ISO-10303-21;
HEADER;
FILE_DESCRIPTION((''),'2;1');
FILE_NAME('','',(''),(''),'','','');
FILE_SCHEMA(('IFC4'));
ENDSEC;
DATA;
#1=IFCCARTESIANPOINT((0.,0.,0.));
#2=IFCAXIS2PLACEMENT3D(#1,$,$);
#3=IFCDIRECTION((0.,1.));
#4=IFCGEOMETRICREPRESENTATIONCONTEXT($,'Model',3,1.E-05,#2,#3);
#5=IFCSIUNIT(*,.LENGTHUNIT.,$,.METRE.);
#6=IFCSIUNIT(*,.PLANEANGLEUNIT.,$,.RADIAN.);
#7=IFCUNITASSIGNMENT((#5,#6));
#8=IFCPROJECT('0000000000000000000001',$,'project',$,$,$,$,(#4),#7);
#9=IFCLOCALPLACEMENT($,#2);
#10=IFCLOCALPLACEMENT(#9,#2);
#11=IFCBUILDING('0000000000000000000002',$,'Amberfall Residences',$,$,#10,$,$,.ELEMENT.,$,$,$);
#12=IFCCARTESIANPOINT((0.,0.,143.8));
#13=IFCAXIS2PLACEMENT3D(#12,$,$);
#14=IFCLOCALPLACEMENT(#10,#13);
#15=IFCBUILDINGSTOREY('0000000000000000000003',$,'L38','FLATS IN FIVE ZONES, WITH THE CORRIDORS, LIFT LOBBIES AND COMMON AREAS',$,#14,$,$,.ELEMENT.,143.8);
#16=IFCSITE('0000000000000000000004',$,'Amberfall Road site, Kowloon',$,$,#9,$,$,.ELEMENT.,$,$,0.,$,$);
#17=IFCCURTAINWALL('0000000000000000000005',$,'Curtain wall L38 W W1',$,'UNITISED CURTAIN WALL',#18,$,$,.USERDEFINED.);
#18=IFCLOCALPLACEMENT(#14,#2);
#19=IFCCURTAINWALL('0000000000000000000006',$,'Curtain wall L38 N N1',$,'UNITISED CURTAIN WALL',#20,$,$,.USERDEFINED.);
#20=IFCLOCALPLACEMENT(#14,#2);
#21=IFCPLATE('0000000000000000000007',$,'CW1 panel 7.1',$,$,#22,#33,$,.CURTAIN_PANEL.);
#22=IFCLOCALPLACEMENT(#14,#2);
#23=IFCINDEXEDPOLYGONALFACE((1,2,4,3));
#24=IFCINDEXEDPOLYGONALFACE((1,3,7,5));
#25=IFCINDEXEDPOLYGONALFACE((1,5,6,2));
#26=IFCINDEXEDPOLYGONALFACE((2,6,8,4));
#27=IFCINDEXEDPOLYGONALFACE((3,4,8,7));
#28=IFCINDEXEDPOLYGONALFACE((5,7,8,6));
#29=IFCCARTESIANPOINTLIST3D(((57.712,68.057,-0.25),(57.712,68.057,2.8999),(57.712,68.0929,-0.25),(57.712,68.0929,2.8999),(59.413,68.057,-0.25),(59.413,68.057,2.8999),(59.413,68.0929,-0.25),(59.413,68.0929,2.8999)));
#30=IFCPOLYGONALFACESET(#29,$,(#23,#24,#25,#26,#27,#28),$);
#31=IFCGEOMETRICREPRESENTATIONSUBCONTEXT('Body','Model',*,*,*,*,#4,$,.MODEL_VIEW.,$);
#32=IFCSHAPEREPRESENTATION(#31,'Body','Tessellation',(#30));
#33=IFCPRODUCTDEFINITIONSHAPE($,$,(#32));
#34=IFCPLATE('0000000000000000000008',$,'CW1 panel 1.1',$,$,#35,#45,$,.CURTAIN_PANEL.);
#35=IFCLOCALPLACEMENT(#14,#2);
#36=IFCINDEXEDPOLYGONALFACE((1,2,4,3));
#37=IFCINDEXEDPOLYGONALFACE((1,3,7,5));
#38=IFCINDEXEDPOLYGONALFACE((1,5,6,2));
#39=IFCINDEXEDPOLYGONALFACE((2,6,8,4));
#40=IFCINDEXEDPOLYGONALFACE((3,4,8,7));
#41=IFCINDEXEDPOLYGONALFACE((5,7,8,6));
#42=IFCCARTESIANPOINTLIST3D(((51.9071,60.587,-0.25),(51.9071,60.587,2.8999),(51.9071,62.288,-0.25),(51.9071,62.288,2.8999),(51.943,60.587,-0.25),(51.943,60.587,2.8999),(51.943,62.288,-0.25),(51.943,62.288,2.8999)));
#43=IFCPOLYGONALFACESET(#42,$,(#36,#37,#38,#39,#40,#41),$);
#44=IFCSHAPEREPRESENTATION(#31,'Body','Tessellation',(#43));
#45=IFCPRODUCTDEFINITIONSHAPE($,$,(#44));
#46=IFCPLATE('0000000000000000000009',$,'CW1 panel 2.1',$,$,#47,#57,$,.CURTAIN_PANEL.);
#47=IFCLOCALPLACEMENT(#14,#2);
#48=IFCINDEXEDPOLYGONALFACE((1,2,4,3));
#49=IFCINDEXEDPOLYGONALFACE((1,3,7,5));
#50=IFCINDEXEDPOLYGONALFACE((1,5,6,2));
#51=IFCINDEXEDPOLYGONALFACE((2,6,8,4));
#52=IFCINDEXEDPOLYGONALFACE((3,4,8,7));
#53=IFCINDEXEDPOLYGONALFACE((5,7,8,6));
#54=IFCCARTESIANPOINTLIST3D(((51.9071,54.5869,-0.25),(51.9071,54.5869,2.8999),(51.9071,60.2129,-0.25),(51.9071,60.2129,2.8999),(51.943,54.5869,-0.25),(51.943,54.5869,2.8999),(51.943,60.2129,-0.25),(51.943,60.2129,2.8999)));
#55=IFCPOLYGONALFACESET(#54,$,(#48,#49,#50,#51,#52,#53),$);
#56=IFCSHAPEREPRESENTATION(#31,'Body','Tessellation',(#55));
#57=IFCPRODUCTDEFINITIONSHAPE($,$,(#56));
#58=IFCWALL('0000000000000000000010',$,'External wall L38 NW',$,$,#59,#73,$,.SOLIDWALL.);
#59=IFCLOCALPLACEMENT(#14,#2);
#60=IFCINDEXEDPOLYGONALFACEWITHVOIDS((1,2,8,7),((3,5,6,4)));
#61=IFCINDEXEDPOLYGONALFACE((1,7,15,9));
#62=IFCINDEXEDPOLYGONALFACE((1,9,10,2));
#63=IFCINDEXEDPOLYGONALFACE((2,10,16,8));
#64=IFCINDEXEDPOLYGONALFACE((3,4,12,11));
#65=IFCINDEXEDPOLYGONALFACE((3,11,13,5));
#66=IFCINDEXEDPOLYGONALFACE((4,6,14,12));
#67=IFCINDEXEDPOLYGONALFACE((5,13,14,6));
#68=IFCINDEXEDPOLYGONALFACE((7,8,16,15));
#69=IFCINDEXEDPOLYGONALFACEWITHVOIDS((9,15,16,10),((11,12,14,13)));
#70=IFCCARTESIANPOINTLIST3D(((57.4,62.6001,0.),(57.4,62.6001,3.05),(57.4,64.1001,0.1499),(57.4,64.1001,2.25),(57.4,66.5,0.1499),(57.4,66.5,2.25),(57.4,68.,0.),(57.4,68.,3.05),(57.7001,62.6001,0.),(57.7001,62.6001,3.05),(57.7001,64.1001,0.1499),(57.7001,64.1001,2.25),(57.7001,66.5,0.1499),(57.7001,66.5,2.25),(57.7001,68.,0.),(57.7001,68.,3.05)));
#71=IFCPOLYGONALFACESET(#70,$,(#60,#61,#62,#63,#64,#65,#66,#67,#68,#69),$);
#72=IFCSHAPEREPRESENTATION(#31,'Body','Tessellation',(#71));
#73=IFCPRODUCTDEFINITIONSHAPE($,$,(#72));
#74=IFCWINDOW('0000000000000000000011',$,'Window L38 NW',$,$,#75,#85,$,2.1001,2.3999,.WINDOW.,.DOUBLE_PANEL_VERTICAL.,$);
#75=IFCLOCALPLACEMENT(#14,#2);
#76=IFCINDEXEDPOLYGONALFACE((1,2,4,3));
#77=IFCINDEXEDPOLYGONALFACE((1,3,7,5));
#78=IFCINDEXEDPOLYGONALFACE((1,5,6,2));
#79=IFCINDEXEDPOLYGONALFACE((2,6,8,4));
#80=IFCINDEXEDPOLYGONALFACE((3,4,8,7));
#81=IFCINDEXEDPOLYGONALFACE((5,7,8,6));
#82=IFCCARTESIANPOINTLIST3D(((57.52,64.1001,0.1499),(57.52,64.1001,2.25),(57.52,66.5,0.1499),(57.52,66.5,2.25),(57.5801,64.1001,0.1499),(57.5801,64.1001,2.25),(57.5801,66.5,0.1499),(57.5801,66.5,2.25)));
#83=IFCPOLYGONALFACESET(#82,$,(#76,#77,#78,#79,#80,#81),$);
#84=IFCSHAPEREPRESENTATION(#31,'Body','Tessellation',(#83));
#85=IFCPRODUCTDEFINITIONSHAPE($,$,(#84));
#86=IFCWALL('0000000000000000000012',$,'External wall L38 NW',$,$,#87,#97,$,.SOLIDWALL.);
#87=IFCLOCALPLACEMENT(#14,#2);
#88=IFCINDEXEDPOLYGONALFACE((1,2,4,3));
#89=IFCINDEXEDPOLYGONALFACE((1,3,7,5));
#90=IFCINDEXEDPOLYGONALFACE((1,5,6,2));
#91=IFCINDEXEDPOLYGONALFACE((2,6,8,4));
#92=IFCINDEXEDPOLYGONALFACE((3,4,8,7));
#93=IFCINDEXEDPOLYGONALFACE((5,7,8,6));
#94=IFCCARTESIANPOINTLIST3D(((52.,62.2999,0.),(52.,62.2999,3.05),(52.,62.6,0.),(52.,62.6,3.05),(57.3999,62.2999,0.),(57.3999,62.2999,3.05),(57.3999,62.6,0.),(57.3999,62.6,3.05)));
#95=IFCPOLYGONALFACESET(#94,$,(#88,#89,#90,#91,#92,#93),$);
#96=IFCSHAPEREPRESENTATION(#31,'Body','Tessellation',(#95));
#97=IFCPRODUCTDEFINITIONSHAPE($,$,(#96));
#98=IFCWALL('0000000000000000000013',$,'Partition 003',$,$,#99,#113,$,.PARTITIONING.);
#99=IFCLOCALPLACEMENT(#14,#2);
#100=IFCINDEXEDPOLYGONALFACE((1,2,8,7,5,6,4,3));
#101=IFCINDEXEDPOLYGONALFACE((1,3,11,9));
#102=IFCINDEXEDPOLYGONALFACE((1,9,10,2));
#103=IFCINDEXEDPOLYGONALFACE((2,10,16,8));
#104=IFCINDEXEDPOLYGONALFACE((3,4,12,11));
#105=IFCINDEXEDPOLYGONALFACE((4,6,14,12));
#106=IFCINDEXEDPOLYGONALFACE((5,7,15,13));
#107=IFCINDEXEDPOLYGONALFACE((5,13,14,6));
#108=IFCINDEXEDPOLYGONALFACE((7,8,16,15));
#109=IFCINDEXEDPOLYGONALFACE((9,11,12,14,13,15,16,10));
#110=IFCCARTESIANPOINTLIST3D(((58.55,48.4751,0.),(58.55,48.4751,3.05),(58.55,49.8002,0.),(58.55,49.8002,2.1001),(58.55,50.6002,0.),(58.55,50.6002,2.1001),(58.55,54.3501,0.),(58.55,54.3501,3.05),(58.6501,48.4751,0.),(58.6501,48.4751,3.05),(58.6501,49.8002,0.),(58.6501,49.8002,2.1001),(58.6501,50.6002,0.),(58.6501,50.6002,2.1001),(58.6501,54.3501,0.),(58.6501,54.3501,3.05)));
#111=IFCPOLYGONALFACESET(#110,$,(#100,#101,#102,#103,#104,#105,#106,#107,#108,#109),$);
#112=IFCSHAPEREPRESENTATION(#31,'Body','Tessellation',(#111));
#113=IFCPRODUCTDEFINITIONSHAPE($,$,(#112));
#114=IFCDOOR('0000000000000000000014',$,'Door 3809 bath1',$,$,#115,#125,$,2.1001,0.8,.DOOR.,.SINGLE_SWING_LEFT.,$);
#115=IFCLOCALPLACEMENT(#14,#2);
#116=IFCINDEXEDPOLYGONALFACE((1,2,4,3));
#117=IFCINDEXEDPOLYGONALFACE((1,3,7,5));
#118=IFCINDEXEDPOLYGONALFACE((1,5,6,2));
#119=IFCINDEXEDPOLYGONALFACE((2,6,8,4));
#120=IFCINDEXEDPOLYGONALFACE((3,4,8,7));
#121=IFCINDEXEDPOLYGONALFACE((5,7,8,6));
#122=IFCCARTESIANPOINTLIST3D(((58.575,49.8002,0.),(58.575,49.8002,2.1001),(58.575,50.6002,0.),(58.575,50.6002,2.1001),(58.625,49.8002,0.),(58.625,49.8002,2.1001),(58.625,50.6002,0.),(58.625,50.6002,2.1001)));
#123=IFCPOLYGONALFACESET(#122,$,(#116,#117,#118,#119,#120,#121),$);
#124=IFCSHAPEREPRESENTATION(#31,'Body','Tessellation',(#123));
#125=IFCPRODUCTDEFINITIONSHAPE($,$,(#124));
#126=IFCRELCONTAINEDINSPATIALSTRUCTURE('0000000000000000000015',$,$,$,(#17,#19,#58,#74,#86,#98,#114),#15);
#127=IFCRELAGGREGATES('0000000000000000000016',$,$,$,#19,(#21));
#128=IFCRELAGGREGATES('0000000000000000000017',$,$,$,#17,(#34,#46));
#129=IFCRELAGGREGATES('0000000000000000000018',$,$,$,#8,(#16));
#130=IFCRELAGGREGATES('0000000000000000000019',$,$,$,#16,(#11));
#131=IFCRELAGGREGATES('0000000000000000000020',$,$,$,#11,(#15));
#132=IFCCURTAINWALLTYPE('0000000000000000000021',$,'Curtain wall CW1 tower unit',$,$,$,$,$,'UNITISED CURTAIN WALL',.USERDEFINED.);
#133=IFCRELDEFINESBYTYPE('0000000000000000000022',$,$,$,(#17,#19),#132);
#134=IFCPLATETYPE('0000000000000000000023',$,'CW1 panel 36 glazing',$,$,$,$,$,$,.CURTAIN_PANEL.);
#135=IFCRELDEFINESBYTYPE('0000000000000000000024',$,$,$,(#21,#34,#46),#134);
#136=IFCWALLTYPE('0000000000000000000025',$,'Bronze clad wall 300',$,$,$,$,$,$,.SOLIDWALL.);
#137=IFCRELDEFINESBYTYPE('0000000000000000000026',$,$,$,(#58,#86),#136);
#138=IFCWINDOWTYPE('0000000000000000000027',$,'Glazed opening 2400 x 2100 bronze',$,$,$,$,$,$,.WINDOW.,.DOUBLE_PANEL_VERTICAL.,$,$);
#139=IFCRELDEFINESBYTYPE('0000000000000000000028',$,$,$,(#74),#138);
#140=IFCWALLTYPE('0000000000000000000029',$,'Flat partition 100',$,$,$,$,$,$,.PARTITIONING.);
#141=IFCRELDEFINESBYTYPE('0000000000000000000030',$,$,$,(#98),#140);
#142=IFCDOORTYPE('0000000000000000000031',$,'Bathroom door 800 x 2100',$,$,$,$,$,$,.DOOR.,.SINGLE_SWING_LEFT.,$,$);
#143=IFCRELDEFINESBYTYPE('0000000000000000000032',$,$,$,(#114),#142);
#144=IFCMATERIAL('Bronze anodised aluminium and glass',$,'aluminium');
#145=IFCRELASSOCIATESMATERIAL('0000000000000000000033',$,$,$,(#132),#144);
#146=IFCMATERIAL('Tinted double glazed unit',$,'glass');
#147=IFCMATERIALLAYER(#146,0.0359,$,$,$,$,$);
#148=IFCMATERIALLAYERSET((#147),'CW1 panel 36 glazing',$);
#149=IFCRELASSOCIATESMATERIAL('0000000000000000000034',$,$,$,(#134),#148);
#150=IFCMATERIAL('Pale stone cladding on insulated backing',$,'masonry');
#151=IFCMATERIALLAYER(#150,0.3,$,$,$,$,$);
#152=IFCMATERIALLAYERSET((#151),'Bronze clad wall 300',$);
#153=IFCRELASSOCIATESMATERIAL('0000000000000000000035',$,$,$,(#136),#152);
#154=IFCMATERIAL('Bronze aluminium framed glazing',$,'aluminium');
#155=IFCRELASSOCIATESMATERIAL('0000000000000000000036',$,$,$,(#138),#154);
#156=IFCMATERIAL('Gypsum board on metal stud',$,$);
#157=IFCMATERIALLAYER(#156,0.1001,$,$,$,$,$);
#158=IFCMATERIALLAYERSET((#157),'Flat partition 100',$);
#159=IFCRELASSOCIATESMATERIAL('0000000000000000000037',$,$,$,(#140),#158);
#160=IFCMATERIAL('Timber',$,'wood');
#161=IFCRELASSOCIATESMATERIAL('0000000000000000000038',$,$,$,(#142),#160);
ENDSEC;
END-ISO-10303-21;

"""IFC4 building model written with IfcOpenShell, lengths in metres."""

from ifc_helpers import new_model, si_unit, direction, frame, frame_2d, origin, origin_2d, place, context, subcontext, project, spatial, rectangle, extrude, material, layer, layer_set, type_object, element, fill, aggregate, save


model = new_model("IFC4")

# Units and contexts
model_context = context("Model", 3, precision=1e-05, world=origin(), true_north=direction((0.0, 1.0)))
body_context = subcontext(model_context, "Body", "Model", "MODEL_VIEW")
ifc_project = project(units=[si_unit("LENGTHUNIT", "METRE"), si_unit("PLANEANGLEUNIT", "RADIAN")], contexts=[model_context])

# Site, building, storey
site_placement = place(None, origin())
site = spatial("IfcSite", under=ifc_project, at=site_placement, Name="Amberfall Road site, Kowloon", CompositionType="ELEMENT", RefElevation=0.0)
building_placement = place(site_placement, origin())
building = spatial("IfcBuilding", under=site, at=building_placement, Name="Amberfall Residences", CompositionType="ELEMENT")
storey_placement = place(building_placement, frame((0.0, 0.0, 143.8)))
storey = spatial("IfcBuildingStorey", under=building, at=storey_placement, Name="L38", Description="FLATS IN FIVE ZONES, WITH THE CORRIDORS, LIFT LOBBIES AND COMMON AREAS", CompositionType="ELEMENT", Elevation=143.8)

# Curtain wall
ifc_material_1 = material(Name="Bronze anodised aluminium and glass", Category="aluminium")
curtain_wall_type = type_object("IfcCurtainWallType", Name="Curtain wall CW1 tower unit", ElementType="UNITISED CURTAIN WALL", PredefinedType="USERDEFINED", material=ifc_material_1)
curtain_wall_1_placement = place(storey_placement, origin())
curtain_wall_1 = element("IfcCurtainWall", 1, at=curtain_wall_1_placement, inside=storey, type_object=curtain_wall_type, Name="Curtain wall L38 W W1", ObjectType="UNITISED CURTAIN WALL", PredefinedType="USERDEFINED")

# Curtain wall
curtain_wall_2_placement = place(storey_placement, origin())
curtain_wall_2 = element("IfcCurtainWall", 2, at=curtain_wall_2_placement, inside=storey, type_object=curtain_wall_type, Name="Curtain wall L38 N N1", ObjectType="UNITISED CURTAIN WALL", PredefinedType="USERDEFINED")

# Plates
ifc_material_2 = material(Name="Tinted double glazed unit", Category="glass")
ifc_layer_1 = layer(ifc_material_2, 0.0359)
ifc_layer_set_1 = layer_set([ifc_layer_1], Name="CW1 panel 36 glazing")
plate_type = type_object("IfcPlateType", Name="CW1 panel 36 glazing", PredefinedType="CURTAIN_PANEL", material=ifc_layer_set_1)
plate_1_placement = place(storey_placement, frame((58.5625, 68.075, -0.25), z_axis=(0.0, 0.0, 1.0), x_axis=(-1.0, 0.0, 0.0)))
plate_1 = element("IfcPlate", 3, at=plate_1_placement, type_object=plate_type, Name="CW1 panel 7.1", PredefinedType="CURTAIN_PANEL", context=body_context, shape_type="SweptSolid", body=[
    extrude(rectangle(XDim=1.7009, YDim=0.0359, at=origin_2d()), origin(), (0.0, 0.0, 1.0), 3.1499),
])
aggregate(curtain_wall_2, [plate_1])
plate_2_placement = place(storey_placement, frame((51.925, 61.4375, -0.25), z_axis=(0.0, 0.0, 1.0), x_axis=(0.0, -1.0, 0.0)))
plate_2 = element("IfcPlate", 4, at=plate_2_placement, type_object=plate_type, Name="CW1 panel 1.1", PredefinedType="CURTAIN_PANEL", context=body_context, shape_type="SweptSolid", body=[
    extrude(rectangle(XDim=1.7009, YDim=0.0359, at=origin_2d()), origin(), (0.0, 0.0, 1.0), 3.1499),
])
plate_3_placement = place(storey_placement, frame((51.925, 57.3999, -0.25), z_axis=(0.0, 0.0, 1.0), x_axis=(0.0, -1.0, 0.0)))
plate_3 = element("IfcPlate", 5, at=plate_3_placement, type_object=plate_type, Name="CW1 panel 2.1", PredefinedType="CURTAIN_PANEL", context=body_context, shape_type="SweptSolid", body=[
    extrude(rectangle(XDim=5.626, YDim=0.0359, at=origin_2d()), origin(), (0.0, 0.0, 1.0), 3.1499),
])
aggregate(curtain_wall_1, [plate_2, plate_3])

# Wall, opening, window
ifc_material_3 = material(Name="Pale stone cladding on insulated backing", Category="masonry")
ifc_layer_2 = layer(ifc_material_3, 0.3)
ifc_layer_set_2 = layer_set([ifc_layer_2], Name="Bronze clad wall 300")
wall_type_1 = type_object("IfcWallType", Name="Bronze clad wall 300", PredefinedType="SOLIDWALL", material=ifc_layer_set_2)
wall_1_placement = place(storey_placement, frame((57.55, 68.0, 0.0), z_axis=(0.0, 0.0, 1.0), x_axis=(0.0, -1.0, 0.0)))
wall_1 = element("IfcWall", 6, at=wall_1_placement, inside=storey, type_object=wall_type_1, Name="External wall L38 NW", PredefinedType="SOLIDWALL", context=body_context, shape_type="SweptSolid", body=[
    extrude(rectangle(XDim=5.3999, YDim=0.3, at=frame_2d((2.7, 0.0))), origin(), (0.0, 0.0, 1.0), 3.05),
])
opening_1_placement = place(wall_1_placement, frame((1.5, 0.0, 0.1499)))
opening_1 = element("IfcOpeningElement", 7, at=opening_1_placement, cuts=wall_1, PredefinedType="OPENING", context=body_context, shape_type="SweptSolid", body=[
    extrude(rectangle(XDim=2.3999, YDim=2.1001, at=frame_2d((1.2, 1.05))), frame((0.0, 0.1599, 0.0), z_axis=(0.0, -1.0, 0.0), x_axis=(1.0, 0.0, 0.0)), (0.0, 0.0, 1.0), 0.3201),
])
ifc_material_4 = material(Name="Bronze aluminium framed glazing", Category="aluminium")
window_type = type_object("IfcWindowType", Name="Glazed opening 2400 x 2100 bronze", PartitioningType="DOUBLE_PANEL_VERTICAL", PredefinedType="WINDOW", material=ifc_material_4)
window_placement = place(opening_1_placement, origin())
window = element("IfcWindow", 8, at=window_placement, inside=storey, type_object=window_type, Name="Window L38 NW", OverallHeight=2.1001, OverallWidth=2.3999, PartitioningType="DOUBLE_PANEL_VERTICAL", PredefinedType="WINDOW", context=body_context, shape_type="SweptSolid", body=[
    extrude(rectangle(XDim=2.3999, YDim=2.1001, at=frame_2d((1.2, 1.05))), frame((0.0, 0.03, 0.0), z_axis=(0.0, -1.0, 0.0), x_axis=(1.0, 0.0, 0.0)), (0.0, 0.0, 1.0), 0.0601),
])
fill(opening_1, window)

# Wall
wall_2_placement = place(storey_placement, frame((57.3999, 62.45, 0.0), z_axis=(0.0, 0.0, 1.0), x_axis=(-1.0, 0.0, 0.0)))
element("IfcWall", 9, at=wall_2_placement, inside=storey, type_object=wall_type_1, Name="External wall L38 NW", PredefinedType="SOLIDWALL", context=body_context, shape_type="SweptSolid", body=[
    extrude(rectangle(XDim=5.3999, YDim=0.3, at=frame_2d((2.7, 0.0))), origin(), (0.0, 0.0, 1.0), 3.05),
])

# Wall, opening, door
ifc_material_5 = material(Name="Gypsum board on metal stud")
ifc_layer_3 = layer(ifc_material_5, 0.1001)
ifc_layer_set_3 = layer_set([ifc_layer_3], Name="Flat partition 100")
wall_type_2 = type_object("IfcWallType", Name="Flat partition 100", PredefinedType="PARTITIONING", material=ifc_layer_set_3)
wall_3_placement = place(storey_placement, frame((58.6001, 54.3501, 0.0), z_axis=(0.0, 0.0, 1.0), x_axis=(0.0, -1.0, 0.0)))
wall_3 = element("IfcWall", 10, at=wall_3_placement, inside=storey, type_object=wall_type_2, Name="Partition 003", PredefinedType="PARTITIONING", context=body_context, shape_type="SweptSolid", body=[
    extrude(rectangle(XDim=5.875, YDim=0.1001, at=frame_2d((2.9375, 0.0))), origin(), (0.0, 0.0, 1.0), 3.05),
])
opening_2_placement = place(wall_3_placement, frame((3.75, 0.0, 0.0)))
opening_2 = element("IfcOpeningElement", 11, at=opening_2_placement, cuts=wall_3, PredefinedType="OPENING", context=body_context, shape_type="SweptSolid", body=[
    extrude(rectangle(XDim=0.8, YDim=2.1001, at=frame_2d((0.3999, 1.05))), frame((0.0, 0.0601, 0.0), z_axis=(0.0, -1.0, 0.0), x_axis=(1.0, 0.0, 0.0)), (0.0, 0.0, 1.0), 0.1201),
])
ifc_material_6 = material(Name="Timber", Category="wood")
door_type = type_object("IfcDoorType", Name="Bathroom door 800 x 2100", OperationType="SINGLE_SWING_LEFT", PredefinedType="DOOR", material=ifc_material_6)
door_placement = place(opening_2_placement, origin())
door = element("IfcDoor", 12, at=door_placement, inside=storey, type_object=door_type, Name="Door 3809 bath1", OperationType="SINGLE_SWING_LEFT", OverallHeight=2.1001, OverallWidth=0.8, PredefinedType="DOOR", context=body_context, shape_type="SweptSolid", body=[
    extrude(rectangle(XDim=0.8, YDim=2.1001, at=frame_2d((0.3999, 1.05))), frame((0.0, 0.0249, 0.0), z_axis=(0.0, -1.0, 0.0), x_axis=(1.0, 0.0, 0.0)), (0.0, 0.0, 1.0), 0.05),
])
fill(opening_2, door)

save(model, "model.ifc")
